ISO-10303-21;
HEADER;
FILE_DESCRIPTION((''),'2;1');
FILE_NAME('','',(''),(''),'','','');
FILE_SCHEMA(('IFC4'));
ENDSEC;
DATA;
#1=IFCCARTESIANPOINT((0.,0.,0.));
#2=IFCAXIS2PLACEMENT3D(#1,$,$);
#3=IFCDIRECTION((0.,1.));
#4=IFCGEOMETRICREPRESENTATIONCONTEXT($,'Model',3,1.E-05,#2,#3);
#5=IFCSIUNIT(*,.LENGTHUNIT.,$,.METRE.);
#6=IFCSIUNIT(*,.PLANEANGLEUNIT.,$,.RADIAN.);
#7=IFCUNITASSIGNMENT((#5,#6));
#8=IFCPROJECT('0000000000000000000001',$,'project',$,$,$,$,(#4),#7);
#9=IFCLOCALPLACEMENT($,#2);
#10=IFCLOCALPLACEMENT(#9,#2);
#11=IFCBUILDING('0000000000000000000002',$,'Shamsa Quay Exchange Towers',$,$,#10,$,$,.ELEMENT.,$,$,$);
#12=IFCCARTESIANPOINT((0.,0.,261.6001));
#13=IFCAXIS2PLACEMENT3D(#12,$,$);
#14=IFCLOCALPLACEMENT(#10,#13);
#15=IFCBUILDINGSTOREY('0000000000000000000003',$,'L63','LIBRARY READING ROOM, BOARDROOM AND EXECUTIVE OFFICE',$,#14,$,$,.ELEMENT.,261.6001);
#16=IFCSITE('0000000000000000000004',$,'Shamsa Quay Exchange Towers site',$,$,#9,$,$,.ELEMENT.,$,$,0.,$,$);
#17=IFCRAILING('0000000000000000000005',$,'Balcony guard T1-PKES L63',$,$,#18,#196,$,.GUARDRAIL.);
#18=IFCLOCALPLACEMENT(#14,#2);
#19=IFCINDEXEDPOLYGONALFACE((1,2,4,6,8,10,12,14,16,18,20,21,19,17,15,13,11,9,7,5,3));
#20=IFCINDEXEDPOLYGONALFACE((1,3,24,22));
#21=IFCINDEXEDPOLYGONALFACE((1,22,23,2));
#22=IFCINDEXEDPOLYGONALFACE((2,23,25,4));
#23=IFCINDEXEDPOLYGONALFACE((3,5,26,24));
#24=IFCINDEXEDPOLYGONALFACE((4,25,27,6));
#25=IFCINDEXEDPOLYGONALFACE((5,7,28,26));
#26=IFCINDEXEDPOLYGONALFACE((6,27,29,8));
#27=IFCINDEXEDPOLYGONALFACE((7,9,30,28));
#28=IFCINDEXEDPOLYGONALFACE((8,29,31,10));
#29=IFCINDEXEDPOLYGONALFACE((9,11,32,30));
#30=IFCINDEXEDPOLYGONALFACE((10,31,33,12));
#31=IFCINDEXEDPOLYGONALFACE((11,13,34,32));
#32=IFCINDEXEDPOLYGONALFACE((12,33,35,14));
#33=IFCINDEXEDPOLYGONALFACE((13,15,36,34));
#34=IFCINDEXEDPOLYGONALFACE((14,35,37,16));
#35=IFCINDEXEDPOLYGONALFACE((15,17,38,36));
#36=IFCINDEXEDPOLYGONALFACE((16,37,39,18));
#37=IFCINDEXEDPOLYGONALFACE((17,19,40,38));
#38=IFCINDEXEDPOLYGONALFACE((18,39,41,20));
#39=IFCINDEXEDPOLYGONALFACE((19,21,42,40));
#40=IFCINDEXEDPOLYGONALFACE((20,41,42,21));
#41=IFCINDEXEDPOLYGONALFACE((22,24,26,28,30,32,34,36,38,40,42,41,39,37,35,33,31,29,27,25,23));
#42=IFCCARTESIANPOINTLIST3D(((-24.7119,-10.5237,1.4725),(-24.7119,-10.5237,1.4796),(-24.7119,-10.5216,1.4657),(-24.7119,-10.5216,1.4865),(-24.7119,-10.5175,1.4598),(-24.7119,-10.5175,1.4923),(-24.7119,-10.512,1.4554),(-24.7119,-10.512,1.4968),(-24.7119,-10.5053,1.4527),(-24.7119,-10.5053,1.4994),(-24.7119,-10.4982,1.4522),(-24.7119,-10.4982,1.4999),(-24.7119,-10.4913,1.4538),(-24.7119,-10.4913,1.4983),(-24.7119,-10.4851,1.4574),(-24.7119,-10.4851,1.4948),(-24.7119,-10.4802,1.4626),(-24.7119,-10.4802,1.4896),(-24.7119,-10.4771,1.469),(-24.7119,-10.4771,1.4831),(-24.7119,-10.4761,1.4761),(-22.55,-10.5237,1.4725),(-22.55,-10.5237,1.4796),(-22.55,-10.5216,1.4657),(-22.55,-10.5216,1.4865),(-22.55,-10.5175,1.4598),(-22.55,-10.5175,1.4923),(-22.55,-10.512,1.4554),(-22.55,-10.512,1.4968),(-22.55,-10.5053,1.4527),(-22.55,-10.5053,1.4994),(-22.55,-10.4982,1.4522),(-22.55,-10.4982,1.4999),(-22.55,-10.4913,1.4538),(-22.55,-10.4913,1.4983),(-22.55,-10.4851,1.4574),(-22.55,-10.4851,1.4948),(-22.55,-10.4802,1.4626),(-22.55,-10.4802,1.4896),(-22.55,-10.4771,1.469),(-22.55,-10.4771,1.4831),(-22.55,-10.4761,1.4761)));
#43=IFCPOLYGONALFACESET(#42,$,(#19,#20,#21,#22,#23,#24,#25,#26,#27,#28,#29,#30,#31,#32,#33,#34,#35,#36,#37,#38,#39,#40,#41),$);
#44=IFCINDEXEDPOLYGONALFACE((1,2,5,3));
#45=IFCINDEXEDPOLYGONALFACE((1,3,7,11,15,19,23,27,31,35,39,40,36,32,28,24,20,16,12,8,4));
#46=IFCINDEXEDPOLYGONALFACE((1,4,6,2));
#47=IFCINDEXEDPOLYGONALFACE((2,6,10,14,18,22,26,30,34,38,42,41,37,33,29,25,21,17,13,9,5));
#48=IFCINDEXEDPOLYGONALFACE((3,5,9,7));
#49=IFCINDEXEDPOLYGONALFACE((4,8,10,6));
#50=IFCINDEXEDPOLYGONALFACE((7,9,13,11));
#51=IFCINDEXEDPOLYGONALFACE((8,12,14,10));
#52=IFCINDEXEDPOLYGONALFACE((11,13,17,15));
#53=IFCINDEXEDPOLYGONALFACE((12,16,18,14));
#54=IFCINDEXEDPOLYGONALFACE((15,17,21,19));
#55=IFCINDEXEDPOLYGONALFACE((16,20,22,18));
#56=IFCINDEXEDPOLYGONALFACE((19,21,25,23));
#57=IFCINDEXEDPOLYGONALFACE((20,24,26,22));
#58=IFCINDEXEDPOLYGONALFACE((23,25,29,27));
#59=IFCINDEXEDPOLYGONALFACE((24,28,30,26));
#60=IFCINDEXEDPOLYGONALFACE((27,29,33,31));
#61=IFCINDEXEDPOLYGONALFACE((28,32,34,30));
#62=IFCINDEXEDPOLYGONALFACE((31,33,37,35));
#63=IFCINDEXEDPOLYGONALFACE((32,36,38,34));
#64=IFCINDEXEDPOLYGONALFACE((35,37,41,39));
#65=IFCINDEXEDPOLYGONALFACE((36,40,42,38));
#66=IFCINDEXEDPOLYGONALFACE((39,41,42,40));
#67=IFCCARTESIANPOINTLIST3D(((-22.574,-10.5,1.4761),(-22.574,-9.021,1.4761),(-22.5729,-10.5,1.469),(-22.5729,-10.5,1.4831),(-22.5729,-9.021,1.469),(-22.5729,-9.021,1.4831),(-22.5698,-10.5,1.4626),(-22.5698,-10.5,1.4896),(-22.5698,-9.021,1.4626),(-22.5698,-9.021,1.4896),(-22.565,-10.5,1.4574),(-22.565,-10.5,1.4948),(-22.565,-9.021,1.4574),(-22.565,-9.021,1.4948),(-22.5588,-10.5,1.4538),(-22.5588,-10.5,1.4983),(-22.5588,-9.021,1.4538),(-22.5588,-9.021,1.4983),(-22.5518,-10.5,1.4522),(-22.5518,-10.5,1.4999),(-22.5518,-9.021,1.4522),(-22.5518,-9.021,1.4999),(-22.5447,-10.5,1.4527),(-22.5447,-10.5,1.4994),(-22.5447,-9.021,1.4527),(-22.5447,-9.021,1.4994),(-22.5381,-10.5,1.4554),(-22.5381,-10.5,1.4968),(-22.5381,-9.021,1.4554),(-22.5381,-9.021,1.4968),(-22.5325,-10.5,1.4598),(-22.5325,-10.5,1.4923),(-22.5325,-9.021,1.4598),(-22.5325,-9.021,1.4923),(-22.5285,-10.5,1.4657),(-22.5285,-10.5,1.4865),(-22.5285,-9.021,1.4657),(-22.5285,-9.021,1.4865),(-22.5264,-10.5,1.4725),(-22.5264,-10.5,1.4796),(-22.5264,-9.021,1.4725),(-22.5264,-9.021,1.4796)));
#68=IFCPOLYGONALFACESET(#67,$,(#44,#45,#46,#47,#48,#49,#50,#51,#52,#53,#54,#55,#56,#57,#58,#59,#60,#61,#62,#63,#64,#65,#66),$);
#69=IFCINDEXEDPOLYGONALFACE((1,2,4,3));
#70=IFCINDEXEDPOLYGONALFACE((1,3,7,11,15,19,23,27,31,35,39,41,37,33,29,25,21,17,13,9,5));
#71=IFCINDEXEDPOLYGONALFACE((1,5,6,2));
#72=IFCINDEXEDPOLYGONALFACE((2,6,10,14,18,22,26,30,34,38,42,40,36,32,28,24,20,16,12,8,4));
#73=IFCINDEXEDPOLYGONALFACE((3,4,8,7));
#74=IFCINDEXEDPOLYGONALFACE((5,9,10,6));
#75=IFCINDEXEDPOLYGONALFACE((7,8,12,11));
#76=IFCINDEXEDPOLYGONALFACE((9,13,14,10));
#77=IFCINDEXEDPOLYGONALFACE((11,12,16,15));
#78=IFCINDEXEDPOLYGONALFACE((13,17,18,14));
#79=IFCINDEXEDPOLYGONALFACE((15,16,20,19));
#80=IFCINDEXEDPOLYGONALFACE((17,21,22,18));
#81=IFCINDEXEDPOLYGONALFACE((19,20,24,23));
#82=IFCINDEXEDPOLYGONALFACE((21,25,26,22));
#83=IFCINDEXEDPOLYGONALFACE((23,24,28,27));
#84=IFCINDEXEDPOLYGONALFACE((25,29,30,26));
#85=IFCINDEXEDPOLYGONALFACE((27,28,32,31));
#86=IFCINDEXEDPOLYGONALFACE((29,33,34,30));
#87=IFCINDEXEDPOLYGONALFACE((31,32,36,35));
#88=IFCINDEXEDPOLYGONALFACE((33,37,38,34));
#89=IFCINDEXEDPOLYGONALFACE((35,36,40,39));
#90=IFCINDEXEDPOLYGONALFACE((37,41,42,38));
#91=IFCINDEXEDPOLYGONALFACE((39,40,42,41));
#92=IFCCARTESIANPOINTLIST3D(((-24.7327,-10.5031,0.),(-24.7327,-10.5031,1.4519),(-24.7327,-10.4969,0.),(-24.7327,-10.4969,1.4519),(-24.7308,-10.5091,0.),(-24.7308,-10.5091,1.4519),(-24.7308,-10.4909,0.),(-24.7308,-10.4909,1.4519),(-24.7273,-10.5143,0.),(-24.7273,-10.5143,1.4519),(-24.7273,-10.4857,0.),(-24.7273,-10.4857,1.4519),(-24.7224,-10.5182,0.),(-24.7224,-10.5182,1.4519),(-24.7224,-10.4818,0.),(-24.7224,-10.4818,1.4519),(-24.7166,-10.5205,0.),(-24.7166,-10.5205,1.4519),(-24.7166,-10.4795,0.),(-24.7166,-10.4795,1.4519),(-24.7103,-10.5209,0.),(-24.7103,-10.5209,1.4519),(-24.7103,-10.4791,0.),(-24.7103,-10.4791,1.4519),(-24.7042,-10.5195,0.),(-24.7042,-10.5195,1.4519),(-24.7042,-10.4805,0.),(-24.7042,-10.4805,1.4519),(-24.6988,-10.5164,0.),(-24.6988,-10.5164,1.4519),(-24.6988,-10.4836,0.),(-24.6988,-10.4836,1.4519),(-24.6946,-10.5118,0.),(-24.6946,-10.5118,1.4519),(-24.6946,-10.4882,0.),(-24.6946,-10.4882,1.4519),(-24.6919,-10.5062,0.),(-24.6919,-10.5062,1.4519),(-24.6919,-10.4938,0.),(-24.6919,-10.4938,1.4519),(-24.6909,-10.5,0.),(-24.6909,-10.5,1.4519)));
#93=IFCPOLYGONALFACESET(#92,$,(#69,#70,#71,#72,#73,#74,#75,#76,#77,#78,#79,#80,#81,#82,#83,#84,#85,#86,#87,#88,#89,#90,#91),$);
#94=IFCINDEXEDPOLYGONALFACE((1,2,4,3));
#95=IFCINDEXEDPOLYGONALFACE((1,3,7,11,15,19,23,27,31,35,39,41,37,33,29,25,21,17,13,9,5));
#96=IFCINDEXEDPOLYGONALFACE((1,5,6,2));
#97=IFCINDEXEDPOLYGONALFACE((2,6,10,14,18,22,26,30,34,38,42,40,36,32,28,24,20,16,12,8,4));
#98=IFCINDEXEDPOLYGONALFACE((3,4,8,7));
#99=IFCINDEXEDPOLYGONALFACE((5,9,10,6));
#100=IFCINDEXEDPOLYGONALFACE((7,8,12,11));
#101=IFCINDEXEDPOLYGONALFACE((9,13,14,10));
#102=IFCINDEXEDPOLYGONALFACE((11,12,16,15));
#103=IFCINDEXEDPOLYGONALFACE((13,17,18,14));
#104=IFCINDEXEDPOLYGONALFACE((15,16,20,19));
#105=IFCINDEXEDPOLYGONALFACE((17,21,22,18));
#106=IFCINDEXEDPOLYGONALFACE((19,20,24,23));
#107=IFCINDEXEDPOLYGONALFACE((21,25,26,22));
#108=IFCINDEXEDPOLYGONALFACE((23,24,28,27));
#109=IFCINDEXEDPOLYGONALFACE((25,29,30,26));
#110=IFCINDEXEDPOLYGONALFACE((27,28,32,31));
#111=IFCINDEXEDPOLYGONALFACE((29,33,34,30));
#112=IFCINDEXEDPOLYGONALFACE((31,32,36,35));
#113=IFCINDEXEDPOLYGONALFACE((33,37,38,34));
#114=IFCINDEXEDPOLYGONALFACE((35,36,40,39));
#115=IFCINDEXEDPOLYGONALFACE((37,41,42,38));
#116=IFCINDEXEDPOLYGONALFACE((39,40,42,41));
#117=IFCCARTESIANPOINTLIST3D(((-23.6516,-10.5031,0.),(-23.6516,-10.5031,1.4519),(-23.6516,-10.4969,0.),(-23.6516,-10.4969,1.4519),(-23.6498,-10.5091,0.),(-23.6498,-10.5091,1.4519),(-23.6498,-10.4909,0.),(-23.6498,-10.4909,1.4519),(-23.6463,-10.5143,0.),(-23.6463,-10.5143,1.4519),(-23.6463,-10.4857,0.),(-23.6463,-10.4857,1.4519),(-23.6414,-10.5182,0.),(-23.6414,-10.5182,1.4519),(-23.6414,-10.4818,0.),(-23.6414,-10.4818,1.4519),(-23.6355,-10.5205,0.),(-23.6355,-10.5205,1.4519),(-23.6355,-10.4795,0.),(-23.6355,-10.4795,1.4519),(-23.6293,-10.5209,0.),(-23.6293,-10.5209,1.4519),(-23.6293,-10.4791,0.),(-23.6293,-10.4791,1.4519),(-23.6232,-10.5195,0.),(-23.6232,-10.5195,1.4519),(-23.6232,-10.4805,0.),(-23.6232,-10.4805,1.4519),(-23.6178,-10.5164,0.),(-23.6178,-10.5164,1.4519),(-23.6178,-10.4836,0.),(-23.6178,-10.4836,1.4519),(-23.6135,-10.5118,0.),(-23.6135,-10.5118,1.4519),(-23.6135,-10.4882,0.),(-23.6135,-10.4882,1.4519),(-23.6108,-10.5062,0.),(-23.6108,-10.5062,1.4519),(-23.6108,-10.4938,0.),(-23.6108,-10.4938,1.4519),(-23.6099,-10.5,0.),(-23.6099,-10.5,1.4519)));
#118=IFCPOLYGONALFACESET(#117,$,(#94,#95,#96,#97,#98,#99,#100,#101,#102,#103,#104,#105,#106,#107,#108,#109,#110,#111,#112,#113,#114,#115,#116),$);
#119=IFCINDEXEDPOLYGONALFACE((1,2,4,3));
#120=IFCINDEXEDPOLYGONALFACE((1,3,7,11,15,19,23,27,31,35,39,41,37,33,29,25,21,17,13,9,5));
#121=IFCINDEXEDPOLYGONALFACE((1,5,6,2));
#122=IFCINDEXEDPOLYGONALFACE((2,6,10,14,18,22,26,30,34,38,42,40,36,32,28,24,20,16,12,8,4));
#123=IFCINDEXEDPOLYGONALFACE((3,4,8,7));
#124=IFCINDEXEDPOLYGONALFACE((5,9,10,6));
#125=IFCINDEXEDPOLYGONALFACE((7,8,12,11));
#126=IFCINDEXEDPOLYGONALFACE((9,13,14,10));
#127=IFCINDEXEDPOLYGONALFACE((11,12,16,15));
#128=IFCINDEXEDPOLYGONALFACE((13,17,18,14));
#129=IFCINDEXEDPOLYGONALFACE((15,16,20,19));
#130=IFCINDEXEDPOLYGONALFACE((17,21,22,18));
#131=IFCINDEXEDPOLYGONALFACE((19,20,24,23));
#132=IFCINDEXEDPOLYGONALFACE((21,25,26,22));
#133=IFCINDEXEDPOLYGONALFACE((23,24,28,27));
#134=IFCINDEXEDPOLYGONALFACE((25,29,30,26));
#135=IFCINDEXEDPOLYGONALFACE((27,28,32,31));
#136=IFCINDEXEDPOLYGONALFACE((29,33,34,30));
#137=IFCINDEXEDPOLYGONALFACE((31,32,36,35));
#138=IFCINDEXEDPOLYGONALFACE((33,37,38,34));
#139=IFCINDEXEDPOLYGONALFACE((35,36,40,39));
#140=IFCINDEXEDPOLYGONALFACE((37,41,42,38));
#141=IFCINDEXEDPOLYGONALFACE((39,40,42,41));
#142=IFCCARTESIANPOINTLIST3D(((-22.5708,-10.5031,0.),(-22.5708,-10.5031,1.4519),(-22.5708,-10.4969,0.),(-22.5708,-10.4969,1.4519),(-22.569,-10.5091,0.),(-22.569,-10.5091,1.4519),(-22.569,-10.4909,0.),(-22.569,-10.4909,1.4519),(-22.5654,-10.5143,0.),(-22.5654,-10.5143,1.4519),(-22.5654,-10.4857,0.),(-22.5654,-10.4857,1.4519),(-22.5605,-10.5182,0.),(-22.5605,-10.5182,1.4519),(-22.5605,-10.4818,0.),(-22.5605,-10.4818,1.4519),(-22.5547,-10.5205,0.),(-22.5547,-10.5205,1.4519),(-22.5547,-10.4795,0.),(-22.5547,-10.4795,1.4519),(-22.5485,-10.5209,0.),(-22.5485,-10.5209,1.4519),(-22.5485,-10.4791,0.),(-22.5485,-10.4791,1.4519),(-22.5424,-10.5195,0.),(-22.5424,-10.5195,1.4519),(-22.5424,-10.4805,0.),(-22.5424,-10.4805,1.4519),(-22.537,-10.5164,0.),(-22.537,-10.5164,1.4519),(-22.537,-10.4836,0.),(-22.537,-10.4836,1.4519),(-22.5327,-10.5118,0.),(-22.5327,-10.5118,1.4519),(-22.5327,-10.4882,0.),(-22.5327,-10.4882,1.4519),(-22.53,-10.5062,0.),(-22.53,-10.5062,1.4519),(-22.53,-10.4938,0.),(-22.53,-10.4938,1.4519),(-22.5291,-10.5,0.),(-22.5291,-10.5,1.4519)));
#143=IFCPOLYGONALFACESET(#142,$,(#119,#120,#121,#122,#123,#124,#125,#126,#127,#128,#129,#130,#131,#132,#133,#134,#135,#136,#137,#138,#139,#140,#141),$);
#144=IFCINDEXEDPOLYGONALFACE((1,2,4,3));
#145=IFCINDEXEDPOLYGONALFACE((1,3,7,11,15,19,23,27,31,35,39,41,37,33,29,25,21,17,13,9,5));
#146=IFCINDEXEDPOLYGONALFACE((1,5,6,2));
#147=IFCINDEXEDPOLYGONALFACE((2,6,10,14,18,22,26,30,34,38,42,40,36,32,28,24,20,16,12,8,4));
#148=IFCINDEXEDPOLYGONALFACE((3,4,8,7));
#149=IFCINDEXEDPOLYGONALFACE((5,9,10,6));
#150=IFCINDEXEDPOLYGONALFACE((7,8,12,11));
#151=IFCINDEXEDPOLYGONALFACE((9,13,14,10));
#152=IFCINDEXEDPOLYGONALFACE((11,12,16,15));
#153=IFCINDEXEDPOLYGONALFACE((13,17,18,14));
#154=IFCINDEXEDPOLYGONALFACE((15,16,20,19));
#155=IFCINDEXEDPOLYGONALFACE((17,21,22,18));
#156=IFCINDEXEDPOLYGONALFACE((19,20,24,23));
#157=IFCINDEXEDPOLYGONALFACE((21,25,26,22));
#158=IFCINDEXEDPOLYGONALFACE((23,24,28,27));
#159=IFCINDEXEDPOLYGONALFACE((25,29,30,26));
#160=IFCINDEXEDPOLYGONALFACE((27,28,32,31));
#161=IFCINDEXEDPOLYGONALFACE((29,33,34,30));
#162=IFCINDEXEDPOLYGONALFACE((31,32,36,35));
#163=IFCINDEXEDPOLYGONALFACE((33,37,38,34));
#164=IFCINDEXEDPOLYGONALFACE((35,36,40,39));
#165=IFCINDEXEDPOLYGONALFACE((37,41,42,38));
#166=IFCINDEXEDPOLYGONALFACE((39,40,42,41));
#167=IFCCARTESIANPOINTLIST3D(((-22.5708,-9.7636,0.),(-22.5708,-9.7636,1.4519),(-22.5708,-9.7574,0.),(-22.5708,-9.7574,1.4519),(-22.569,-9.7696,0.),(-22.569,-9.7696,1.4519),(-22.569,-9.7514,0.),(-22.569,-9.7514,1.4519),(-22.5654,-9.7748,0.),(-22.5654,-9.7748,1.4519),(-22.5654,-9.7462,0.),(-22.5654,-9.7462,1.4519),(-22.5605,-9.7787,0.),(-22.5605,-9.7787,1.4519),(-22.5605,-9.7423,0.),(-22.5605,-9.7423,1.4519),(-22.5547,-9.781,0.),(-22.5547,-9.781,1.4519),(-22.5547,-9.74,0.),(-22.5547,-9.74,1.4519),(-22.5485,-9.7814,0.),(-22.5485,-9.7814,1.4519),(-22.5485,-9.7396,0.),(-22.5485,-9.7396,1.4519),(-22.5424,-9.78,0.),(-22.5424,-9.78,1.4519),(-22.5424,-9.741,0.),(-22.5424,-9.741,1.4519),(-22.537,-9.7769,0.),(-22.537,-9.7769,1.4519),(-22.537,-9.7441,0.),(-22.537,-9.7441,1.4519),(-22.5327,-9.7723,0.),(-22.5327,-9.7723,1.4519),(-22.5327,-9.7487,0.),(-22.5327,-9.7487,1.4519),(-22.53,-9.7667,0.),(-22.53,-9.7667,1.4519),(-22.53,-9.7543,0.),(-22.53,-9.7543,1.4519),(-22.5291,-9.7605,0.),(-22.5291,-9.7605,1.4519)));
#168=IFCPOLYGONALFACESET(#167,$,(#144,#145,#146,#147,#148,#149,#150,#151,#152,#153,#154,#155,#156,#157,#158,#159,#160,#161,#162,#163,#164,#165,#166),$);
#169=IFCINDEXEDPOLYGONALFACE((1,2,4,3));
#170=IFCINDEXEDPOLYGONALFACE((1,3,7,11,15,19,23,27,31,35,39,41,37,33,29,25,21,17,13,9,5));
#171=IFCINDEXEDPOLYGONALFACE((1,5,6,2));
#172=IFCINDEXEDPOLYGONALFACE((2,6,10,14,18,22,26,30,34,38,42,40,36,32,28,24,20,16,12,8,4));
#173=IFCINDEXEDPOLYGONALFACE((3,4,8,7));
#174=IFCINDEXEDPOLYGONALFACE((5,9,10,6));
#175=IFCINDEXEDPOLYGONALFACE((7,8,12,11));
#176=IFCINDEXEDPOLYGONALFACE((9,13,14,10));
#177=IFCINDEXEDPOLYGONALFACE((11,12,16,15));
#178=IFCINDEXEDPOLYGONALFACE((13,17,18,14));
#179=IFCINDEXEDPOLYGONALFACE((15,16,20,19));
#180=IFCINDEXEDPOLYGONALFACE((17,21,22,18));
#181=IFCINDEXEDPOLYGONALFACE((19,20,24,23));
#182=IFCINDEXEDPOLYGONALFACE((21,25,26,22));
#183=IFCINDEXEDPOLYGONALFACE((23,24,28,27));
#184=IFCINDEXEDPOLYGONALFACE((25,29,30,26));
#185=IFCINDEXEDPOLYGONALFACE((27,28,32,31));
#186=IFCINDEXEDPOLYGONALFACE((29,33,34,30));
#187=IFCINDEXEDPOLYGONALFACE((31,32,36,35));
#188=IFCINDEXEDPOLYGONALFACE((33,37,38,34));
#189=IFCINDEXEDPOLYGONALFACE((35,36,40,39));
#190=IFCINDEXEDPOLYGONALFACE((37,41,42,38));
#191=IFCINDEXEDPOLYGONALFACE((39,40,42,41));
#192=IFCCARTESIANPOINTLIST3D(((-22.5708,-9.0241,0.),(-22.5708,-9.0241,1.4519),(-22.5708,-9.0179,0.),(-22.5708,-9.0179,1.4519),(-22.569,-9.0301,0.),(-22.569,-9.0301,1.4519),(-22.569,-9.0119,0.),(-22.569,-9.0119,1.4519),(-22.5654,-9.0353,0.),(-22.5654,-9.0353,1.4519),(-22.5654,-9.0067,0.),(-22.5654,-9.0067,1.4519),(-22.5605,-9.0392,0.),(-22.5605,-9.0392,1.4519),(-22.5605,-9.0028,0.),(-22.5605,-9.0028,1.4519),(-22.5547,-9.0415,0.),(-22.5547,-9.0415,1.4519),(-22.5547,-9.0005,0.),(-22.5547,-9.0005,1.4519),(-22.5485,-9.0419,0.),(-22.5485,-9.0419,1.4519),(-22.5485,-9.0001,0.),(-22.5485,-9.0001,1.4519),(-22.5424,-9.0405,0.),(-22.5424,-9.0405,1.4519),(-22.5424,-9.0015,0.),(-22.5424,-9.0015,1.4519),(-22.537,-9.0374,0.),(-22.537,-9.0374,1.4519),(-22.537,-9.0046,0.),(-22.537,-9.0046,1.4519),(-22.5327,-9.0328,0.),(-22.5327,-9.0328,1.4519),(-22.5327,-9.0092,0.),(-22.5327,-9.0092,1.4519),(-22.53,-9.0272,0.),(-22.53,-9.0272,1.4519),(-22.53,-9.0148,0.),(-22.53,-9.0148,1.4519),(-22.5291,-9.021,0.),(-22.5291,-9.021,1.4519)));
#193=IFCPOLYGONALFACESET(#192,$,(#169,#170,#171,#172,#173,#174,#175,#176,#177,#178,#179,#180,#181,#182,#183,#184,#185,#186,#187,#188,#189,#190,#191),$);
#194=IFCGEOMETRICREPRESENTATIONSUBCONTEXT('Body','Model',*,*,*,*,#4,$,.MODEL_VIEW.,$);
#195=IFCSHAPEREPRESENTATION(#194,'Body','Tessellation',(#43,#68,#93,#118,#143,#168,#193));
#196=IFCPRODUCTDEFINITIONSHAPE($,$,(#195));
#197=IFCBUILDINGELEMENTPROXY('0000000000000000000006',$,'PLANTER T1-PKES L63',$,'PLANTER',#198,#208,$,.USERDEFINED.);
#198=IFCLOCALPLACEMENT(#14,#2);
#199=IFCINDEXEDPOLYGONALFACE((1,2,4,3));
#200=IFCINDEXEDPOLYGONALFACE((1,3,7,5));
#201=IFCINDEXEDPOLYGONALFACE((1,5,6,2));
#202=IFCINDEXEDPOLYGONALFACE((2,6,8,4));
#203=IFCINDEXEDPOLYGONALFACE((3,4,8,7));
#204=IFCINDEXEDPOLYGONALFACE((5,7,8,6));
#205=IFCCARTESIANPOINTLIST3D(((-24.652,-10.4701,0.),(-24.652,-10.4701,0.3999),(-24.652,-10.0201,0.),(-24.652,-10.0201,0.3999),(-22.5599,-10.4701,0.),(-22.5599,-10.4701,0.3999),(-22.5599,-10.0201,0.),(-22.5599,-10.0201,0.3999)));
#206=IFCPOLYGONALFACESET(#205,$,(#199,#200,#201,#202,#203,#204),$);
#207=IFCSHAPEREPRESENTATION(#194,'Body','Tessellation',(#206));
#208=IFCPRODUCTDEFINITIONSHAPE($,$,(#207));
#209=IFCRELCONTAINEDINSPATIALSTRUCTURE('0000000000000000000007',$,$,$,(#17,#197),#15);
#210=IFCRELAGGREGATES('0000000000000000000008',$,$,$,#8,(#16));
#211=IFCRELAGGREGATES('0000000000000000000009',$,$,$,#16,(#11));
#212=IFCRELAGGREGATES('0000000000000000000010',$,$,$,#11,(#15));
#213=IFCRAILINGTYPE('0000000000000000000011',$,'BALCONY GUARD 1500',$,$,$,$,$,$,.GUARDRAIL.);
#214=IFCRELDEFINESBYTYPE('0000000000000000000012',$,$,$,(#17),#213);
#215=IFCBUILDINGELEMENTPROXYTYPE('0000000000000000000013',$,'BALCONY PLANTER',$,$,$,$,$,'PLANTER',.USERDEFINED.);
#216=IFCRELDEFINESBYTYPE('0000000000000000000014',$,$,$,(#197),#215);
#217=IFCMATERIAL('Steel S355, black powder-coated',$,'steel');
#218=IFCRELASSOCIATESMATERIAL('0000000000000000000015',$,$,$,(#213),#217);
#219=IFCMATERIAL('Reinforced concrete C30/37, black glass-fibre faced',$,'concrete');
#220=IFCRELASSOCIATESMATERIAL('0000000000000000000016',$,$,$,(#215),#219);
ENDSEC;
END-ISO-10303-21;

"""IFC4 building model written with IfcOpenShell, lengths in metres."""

from ifc_helpers import new_model, si_unit, direction, frame, origin, origin_2d, place, context, subcontext, project, spatial, rectangle, circle, extrude, material, type_object, element, save


model = new_model("IFC4")

# Units and contexts
model_context = context("Model", 3, precision=1e-05, world=origin(), true_north=direction((0.0, 1.0)))
body_context = subcontext(model_context, "Body", "Model", "MODEL_VIEW")
ifc_project = project(units=[si_unit("LENGTHUNIT", "METRE"), si_unit("PLANEANGLEUNIT", "RADIAN")], contexts=[model_context])

# Site, building, storey
site_placement = place(None, origin())
site = spatial("IfcSite", under=ifc_project, at=site_placement, Name="Shamsa Quay Exchange Towers site", CompositionType="ELEMENT", RefElevation=0.0)
building_placement = place(site_placement, origin())
building = spatial("IfcBuilding", under=site, at=building_placement, Name="Shamsa Quay Exchange Towers", CompositionType="ELEMENT")
storey_placement = place(building_placement, frame((0.0, 0.0, 261.6001)))
storey = spatial("IfcBuildingStorey", under=building, at=storey_placement, Name="L63", Description="LIBRARY READING ROOM, BOARDROOM AND EXECUTIVE OFFICE", CompositionType="ELEMENT", Elevation=261.6001)

# Railing
ifc_material_1 = material(Name="Steel S355, black powder-coated", Category="steel")
railing_type = type_object("IfcRailingType", Name="BALCONY GUARD 1500", PredefinedType="GUARDRAIL", material=ifc_material_1)
railing_placement = place(storey_placement, frame((-24.7119, -10.5, 0.0)))
element("IfcRailing", 1, at=railing_placement, inside=storey, type_object=railing_type, Name="Balcony guard T1-PKES L63", PredefinedType="GUARDRAIL", context=body_context, shape_type="SweptSolid", body=[
    extrude(circle(Radius=0.0239, at=origin_2d()), frame((0.0, 0.0, 1.4761), z_axis=(1.0, 0.0, 0.0), x_axis=(0.0, 1.0, 0.0)), (0.0, 0.0, 1.0), 2.1619),
    extrude(circle(Radius=0.0239, at=origin_2d()), frame((2.1619, 0.0, 1.4761), z_axis=(0.0, 1.0, 0.0), x_axis=(-1.0, 0.0, 0.0)), (0.0, 0.0, 1.0), 1.479),
    extrude(circle(Radius=0.021, at=origin_2d()), origin(), (0.0, 0.0, 1.0), 1.4519),
    extrude(circle(Radius=0.021, at=origin_2d()), frame((1.0811, 0.0, 0.0)), (0.0, 0.0, 1.0), 1.4519),
    extrude(circle(Radius=0.021, at=origin_2d()), frame((2.1619, 0.0, 0.0)), (0.0, 0.0, 1.0), 1.4519),
    extrude(circle(Radius=0.021, at=origin_2d()), frame((2.1619, 0.7395, 0.0)), (0.0, 0.0, 1.0), 1.4519),
    extrude(circle(Radius=0.021, at=origin_2d()), frame((2.1619, 1.479, 0.0)), (0.0, 0.0, 1.0), 1.4519),
])

# Building element proxy
ifc_material_2 = material(Name="Reinforced concrete C30/37, black glass-fibre faced", Category="concrete")
building_element_proxy_type = type_object("IfcBuildingElementProxyType", Name="BALCONY PLANTER", ElementType="PLANTER", PredefinedType="USERDEFINED", material=ifc_material_2)
proxy_placement = place(storey_placement, frame((-23.606, -10.2451, 0.0)))
element("IfcBuildingElementProxy", 2, at=proxy_placement, inside=storey, type_object=building_element_proxy_type, Name="PLANTER T1-PKES L63", ObjectType="PLANTER", PredefinedType="USERDEFINED", context=body_context, shape_type="SweptSolid", body=[
    extrude(rectangle(XDim=2.092, YDim=0.45, at=origin_2d()), origin(), (0.0, 0.0, 1.0), 0.3999),
])

save(model, "model.ifc")
